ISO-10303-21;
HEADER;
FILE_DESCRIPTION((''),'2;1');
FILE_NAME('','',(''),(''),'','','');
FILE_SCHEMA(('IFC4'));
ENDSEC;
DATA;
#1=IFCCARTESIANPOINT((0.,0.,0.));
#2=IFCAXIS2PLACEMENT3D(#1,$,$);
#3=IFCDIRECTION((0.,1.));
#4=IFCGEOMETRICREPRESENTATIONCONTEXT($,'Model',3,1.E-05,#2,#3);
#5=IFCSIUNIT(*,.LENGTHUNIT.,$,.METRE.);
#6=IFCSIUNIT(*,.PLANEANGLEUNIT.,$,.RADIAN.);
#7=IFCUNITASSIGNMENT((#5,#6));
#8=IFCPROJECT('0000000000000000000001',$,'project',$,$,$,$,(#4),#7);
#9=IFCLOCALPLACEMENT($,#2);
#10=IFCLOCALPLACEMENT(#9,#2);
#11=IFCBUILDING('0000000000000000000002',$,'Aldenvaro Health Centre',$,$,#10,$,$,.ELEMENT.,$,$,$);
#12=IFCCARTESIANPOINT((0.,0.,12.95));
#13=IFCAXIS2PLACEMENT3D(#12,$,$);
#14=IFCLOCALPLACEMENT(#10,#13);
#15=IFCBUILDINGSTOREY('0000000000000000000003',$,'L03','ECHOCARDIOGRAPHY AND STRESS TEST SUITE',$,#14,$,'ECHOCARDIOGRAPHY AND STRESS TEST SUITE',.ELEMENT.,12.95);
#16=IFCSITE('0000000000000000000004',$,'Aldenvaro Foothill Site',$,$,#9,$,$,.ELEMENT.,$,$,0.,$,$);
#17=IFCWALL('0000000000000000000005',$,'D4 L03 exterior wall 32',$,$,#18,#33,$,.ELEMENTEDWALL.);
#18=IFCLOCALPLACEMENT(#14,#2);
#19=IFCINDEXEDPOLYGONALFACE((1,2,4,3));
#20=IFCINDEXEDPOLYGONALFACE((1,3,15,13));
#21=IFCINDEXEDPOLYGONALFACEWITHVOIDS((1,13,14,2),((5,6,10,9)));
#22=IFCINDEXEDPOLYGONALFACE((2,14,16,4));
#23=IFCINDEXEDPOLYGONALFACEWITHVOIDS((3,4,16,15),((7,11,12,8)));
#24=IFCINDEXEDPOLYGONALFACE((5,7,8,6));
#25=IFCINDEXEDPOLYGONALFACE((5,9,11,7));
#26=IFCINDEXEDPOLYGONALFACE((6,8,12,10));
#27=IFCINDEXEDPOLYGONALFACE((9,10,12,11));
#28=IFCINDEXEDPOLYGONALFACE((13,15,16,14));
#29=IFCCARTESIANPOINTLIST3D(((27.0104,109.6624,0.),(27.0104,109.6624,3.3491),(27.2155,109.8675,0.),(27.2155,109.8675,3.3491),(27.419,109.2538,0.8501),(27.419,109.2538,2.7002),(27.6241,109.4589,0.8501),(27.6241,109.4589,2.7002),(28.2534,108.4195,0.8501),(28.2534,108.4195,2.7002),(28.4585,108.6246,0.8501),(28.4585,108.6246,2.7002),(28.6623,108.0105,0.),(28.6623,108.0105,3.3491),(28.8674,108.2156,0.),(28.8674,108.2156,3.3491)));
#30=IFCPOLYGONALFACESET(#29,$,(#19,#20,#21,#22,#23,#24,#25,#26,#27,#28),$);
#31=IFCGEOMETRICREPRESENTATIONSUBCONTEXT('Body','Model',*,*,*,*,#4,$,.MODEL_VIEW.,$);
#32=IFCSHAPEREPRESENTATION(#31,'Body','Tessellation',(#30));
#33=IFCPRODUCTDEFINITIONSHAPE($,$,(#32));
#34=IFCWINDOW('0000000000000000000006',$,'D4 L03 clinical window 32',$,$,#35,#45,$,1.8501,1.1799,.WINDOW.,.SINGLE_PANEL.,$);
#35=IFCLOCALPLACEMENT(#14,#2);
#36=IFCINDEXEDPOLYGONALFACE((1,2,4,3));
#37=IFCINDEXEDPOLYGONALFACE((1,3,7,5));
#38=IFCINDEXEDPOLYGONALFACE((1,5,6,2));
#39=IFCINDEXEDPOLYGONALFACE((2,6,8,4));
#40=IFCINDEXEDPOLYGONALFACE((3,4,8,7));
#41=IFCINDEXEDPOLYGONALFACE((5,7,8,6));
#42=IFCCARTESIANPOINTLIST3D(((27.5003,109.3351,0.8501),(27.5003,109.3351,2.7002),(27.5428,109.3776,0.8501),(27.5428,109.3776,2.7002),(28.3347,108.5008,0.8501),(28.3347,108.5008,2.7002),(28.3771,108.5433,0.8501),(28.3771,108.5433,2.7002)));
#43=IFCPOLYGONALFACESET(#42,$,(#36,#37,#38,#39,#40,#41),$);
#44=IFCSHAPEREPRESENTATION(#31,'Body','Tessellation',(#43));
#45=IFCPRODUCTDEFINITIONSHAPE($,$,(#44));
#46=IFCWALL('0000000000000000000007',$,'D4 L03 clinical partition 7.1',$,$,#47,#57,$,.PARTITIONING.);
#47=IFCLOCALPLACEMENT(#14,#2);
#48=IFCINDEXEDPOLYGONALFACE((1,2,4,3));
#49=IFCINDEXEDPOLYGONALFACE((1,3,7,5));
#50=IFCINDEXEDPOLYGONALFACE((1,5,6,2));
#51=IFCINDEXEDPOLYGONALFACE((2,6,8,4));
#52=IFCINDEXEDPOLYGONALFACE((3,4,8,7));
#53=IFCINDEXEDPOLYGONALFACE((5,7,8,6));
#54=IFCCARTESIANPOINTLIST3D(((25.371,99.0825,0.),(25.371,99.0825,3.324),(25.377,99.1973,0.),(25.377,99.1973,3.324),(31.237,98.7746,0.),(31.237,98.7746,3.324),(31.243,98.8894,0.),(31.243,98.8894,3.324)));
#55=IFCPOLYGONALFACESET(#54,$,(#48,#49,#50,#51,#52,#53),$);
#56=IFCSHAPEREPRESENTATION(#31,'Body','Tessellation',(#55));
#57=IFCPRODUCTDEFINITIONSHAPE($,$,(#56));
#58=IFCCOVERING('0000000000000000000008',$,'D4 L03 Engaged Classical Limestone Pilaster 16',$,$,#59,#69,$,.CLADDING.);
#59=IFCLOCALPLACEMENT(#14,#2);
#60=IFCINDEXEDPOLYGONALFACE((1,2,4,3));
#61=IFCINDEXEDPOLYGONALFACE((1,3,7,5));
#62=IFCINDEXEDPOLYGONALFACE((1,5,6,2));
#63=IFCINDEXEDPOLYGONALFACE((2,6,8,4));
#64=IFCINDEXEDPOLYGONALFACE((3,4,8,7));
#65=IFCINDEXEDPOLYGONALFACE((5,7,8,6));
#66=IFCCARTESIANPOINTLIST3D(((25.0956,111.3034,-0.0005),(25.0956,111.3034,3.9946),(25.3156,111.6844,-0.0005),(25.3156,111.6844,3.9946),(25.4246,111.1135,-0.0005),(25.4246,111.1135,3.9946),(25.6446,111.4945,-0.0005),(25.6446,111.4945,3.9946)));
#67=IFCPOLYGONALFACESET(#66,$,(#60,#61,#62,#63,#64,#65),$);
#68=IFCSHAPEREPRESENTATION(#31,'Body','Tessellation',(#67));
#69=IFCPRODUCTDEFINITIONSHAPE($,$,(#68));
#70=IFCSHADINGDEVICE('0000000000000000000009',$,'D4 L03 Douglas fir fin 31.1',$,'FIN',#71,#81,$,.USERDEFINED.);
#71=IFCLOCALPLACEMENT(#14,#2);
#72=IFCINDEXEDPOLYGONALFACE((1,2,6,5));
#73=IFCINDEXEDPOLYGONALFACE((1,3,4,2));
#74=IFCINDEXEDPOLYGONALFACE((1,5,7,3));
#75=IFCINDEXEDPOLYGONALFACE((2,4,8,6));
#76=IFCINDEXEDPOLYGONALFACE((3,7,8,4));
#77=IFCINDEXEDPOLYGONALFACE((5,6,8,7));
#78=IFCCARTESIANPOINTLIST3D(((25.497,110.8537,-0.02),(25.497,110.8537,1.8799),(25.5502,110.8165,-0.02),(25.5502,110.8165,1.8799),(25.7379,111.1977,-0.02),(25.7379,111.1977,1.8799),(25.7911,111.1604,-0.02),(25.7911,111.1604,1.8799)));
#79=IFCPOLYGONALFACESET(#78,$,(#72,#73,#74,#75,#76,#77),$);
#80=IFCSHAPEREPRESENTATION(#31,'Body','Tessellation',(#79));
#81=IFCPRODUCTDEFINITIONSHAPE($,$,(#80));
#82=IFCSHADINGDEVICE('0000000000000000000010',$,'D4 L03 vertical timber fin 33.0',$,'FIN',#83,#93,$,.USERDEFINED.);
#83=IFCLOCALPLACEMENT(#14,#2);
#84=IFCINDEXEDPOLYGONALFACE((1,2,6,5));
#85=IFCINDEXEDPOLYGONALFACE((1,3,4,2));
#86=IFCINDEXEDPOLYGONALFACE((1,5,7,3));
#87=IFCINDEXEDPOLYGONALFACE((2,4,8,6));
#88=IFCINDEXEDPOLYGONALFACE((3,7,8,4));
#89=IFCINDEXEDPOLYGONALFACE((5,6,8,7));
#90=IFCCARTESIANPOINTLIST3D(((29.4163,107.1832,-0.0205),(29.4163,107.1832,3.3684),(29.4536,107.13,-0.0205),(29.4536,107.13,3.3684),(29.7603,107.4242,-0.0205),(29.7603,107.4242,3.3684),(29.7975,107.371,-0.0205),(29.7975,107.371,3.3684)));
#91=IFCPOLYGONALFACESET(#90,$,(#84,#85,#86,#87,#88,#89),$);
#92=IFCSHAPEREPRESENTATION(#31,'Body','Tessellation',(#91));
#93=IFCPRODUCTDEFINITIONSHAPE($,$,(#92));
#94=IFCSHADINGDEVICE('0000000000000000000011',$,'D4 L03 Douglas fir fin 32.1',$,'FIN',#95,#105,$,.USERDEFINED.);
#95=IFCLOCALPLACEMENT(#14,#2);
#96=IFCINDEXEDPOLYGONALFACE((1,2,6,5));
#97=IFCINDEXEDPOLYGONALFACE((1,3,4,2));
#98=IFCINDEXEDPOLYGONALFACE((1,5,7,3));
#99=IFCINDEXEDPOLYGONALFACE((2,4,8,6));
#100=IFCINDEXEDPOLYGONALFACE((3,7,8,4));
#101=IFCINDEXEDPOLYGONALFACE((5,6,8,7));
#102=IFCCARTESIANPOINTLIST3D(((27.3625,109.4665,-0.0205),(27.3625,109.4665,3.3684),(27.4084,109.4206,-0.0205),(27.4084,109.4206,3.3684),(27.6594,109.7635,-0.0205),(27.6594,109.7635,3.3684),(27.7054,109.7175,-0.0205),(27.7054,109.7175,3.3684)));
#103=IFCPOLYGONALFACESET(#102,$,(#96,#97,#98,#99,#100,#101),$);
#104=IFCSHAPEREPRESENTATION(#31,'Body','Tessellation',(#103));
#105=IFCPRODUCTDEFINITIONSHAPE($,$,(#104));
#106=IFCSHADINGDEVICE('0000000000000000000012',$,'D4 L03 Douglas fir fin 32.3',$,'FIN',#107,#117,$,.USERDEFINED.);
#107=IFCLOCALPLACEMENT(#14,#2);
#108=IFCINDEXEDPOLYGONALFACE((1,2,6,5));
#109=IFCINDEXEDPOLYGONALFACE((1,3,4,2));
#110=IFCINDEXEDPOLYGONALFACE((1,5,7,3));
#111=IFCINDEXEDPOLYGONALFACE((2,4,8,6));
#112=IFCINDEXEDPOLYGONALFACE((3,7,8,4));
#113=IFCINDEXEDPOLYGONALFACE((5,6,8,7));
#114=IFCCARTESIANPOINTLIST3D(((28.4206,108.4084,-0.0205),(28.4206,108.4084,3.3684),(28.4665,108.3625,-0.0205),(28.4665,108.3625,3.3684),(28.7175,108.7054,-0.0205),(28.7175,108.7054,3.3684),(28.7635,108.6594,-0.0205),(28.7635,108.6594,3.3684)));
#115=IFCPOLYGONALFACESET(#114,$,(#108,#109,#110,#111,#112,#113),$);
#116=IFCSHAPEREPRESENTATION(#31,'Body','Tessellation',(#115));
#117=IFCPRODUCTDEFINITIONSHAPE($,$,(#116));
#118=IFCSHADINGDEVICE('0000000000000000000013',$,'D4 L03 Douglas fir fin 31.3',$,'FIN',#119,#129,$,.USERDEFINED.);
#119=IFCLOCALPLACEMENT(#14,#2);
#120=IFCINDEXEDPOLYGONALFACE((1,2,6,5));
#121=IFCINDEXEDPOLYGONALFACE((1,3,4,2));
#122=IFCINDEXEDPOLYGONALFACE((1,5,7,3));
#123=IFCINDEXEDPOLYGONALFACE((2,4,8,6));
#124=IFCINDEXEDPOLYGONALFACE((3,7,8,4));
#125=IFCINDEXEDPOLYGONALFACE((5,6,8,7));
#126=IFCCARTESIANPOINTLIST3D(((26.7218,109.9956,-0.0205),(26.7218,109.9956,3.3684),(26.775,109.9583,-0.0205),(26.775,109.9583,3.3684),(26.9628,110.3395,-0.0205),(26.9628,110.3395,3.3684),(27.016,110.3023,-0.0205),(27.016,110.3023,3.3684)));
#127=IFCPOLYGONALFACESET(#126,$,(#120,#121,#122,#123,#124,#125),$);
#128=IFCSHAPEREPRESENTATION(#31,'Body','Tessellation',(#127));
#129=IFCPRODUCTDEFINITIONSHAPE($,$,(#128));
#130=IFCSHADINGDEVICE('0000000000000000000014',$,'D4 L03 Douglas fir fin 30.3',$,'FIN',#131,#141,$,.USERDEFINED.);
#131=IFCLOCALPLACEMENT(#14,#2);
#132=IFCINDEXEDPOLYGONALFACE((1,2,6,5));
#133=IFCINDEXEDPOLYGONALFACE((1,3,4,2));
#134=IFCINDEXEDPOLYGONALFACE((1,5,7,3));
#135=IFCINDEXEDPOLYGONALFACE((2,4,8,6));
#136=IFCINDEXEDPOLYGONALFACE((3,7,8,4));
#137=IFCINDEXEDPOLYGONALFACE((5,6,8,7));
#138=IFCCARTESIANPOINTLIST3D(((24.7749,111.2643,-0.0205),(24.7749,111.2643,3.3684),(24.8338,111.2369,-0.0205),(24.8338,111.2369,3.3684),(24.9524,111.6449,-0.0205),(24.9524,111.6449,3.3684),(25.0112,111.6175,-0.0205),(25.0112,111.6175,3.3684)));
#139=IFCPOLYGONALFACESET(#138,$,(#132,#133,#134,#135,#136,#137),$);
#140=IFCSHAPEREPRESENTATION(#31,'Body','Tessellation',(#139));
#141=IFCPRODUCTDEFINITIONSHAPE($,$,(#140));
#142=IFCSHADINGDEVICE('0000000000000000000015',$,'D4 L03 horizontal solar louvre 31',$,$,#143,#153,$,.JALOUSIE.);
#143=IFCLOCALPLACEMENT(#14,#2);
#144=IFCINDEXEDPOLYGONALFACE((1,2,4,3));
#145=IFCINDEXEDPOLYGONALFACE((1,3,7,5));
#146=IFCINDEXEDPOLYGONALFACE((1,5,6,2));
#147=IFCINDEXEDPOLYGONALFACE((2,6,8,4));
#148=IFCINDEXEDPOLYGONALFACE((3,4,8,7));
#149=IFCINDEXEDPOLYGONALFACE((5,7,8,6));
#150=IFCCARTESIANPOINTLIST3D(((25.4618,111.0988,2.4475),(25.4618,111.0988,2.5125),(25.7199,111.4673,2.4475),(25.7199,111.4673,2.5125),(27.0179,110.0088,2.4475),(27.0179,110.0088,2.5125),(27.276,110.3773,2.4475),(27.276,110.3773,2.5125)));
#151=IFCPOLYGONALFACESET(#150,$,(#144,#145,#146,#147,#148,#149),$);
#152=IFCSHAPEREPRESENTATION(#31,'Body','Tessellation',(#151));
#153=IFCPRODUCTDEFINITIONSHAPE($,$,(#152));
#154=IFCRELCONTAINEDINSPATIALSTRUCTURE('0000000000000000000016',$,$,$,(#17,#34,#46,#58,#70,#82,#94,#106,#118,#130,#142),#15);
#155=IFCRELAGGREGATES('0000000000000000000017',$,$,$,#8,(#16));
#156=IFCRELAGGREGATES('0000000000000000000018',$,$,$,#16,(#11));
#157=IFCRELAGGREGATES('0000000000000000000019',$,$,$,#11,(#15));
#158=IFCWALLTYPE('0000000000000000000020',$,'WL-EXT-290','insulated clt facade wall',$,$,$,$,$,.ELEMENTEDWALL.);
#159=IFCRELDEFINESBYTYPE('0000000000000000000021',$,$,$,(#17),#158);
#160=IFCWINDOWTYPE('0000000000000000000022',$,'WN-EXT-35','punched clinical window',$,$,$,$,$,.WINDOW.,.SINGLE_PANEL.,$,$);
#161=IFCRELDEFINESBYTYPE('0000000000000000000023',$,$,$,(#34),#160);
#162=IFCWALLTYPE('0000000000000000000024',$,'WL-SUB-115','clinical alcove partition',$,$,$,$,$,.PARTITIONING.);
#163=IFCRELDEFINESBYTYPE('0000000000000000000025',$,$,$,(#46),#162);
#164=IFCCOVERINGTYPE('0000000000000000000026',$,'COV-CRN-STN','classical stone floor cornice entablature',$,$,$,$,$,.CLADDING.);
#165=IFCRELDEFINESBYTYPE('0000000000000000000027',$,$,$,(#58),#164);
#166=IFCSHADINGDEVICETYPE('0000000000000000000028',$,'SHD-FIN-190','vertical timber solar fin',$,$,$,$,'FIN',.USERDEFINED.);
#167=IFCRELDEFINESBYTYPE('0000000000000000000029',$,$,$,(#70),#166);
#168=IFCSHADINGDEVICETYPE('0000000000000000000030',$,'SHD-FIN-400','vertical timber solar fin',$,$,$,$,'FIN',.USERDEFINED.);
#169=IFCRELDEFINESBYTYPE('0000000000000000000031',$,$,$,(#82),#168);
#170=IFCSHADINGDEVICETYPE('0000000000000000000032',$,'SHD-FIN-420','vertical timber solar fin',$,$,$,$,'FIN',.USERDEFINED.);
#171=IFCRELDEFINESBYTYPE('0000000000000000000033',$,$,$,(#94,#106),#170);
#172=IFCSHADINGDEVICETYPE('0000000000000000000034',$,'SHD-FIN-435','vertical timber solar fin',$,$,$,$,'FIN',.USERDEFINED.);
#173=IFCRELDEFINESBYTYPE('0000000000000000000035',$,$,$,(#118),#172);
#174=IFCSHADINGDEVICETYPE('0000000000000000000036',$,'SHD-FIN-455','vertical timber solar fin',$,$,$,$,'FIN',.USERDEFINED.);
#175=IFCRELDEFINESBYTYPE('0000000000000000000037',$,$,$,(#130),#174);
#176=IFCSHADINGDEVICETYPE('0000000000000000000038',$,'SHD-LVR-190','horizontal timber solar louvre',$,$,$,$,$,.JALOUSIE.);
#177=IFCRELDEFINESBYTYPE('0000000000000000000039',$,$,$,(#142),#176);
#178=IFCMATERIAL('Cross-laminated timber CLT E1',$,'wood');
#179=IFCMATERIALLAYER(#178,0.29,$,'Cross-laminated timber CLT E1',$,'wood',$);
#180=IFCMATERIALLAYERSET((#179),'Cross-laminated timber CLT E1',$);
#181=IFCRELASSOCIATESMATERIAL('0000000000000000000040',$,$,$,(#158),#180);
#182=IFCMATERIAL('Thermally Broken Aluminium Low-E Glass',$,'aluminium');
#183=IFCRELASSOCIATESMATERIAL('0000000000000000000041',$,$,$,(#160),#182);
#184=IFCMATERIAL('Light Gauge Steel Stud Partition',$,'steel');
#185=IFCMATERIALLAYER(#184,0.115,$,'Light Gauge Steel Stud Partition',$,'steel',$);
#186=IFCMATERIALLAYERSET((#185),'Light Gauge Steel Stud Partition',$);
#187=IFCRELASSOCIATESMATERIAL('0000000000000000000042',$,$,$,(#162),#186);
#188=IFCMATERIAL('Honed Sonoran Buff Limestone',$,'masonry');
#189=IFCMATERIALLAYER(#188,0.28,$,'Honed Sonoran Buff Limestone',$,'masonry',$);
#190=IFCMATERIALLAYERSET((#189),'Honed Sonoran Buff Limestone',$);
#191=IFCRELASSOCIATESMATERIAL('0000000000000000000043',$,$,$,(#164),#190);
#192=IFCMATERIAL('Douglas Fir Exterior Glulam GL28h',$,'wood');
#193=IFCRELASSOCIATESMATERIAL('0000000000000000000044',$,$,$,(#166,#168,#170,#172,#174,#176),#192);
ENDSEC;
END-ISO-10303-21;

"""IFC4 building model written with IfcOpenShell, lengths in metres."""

from ifc_helpers import new_model, si_unit, direction, frame, frame_2d, origin, origin_2d, place, context, subcontext, project, spatial, rectangle, extrude, material, layer, layer_set, type_object, element, fill, save


model = new_model("IFC4")

# Units and contexts
model_context = context("Model", 3, precision=1e-05, world=origin(), true_north=direction((0.0, 1.0)))
body_context = subcontext(model_context, "Body", "Model", "MODEL_VIEW")
ifc_project = project(units=[si_unit("LENGTHUNIT", "METRE"), si_unit("PLANEANGLEUNIT", "RADIAN")], contexts=[model_context])

# Site, building, storey
site_placement = place(None, origin())
site = spatial("IfcSite", under=ifc_project, at=site_placement, Name="Aldenvaro Foothill Site", CompositionType="ELEMENT", RefElevation=0.0)
building_placement = place(site_placement, origin())
building = spatial("IfcBuilding", under=site, at=building_placement, Name="Aldenvaro Health Centre", CompositionType="ELEMENT")
storey_placement = place(building_placement, frame((0.0, 0.0, 12.95)))
storey = spatial("IfcBuildingStorey", under=building, at=storey_placement, Name="L03", Description="ECHOCARDIOGRAPHY AND STRESS TEST SUITE", LongName="ECHOCARDIOGRAPHY AND STRESS TEST SUITE", CompositionType="ELEMENT", Elevation=12.95)

# Wall, opening, window
ifc_material_1 = material(Name="Cross-laminated timber CLT E1", Category="wood")
ifc_layer_1 = layer(ifc_material_1, 0.29, Name="Cross-laminated timber CLT E1", Category="wood")
ifc_layer_set_1 = layer_set([ifc_layer_1], Name="Cross-laminated timber CLT E1")
wall_type_1 = type_object("IfcWallType", Name="WL-EXT-290", Description="insulated clt facade wall", PredefinedType="ELEMENTEDWALL", material=ifc_layer_set_1)
ifc_material_2 = material(Name="Thermally Broken Aluminium Low-E Glass", Category="aluminium")
wall_1_placement = place(storey_placement, frame((27.113, 109.7649, 0.0), z_axis=(0.0, 0.0, 1.0), x_axis=(0.707107, -0.707107, 0.0)))
wall_1 = element("IfcWall", 1, at=wall_1_placement, inside=storey, type_object=wall_type_1, Name="D4 L03 exterior wall 32", PredefinedType="ELEMENTEDWALL", context=body_context, shape_type="SweptSolid", body=[
    extrude(rectangle(XDim=2.3362, YDim=0.29, at=frame_2d((1.168, 0.0))), origin(), (0.0, 0.0, 1.0), 3.3491),
])
opening_1_placement = place(wall_1_placement, frame((0.5779, 0.0, 0.8501)))
opening_1 = element("IfcOpeningElement", 2, at=opening_1_placement, cuts=wall_1, PredefinedType="OPENING", context=body_context, shape_type="SweptSolid", body=[
    extrude(rectangle(XDim=1.1799, YDim=1.8501, at=frame_2d((0.5898, 0.925))), frame((0.0, 0.155, 0.0), z_axis=(0.0, -1.0, 0.0), x_axis=(1.0, 0.0, 0.0)), (0.0, 0.0, 1.0), 0.3101),
])
window_type_1 = type_object("IfcWindowType", Name="WN-EXT-35", Description="punched clinical window", PartitioningType="SINGLE_PANEL", PredefinedType="WINDOW", material=ifc_material_2)
window_1_placement = place(opening_1_placement, origin())
window_1 = element("IfcWindow", 3, at=window_1_placement, inside=storey, type_object=window_type_1, Name="D4 L03 clinical window 32", OverallHeight=1.8501, OverallWidth=1.1799, PartitioningType="SINGLE_PANEL", PredefinedType="WINDOW", context=body_context, shape_type="SweptSolid", body=[
    extrude(rectangle(XDim=1.1799, YDim=1.8501, at=frame_2d((0.5898, 0.925))), frame((0.0, 0.03, 0.0), z_axis=(0.0, -1.0, 0.0), x_axis=(1.0, 0.0, 0.0)), (0.0, 0.0, 1.0), 0.0601),
])
fill(opening_1, window_1)

# Wall
ifc_material_3 = material(Name="Light Gauge Steel Stud Partition", Category="steel")
ifc_layer_2 = layer(ifc_material_3, 0.115, Name="Light Gauge Steel Stud Partition", Category="steel")
ifc_layer_set_2 = layer_set([ifc_layer_2], Name="Light Gauge Steel Stud Partition")
wall_type_2 = type_object("IfcWallType", Name="WL-SUB-115", Description="clinical alcove partition", PredefinedType="PARTITIONING", material=ifc_layer_set_2)
wall_2_placement = place(storey_placement, frame((25.374, 99.1399, 0.0), z_axis=(0.0, 0.0, 1.0), x_axis=(0.998626, -0.05241, 0.0)))
element("IfcWall", 4, at=wall_2_placement, inside=storey, type_object=wall_type_2, Name="D4 L03 clinical partition 7.1", PredefinedType="PARTITIONING", context=body_context, shape_type="SweptSolid", body=[
    extrude(rectangle(XDim=5.874, YDim=0.115, at=frame_2d((2.937, 0.0))), origin(), (0.0, 0.0, 1.0), 3.324),
])

# Covering
ifc_material_4 = material(Name="Honed Sonoran Buff Limestone", Category="masonry")
ifc_layer_3 = layer(ifc_material_4, 0.28, Name="Honed Sonoran Buff Limestone", Category="masonry")
ifc_layer_set_3 = layer_set([ifc_layer_3], Name="Honed Sonoran Buff Limestone")
covering_type = type_object("IfcCoveringType", Name="COV-CRN-STN", Description="classical stone floor cornice entablature", PredefinedType="CLADDING", material=ifc_layer_set_3)
covering_placement = place(storey_placement, frame((25.3701, 111.3989, -0.0005), z_axis=(0.0, 0.0, 1.0), x_axis=(0.499992, 0.86603, 0.0)))
element("IfcCovering", 5, at=covering_placement, inside=storey, type_object=covering_type, Name="D4 L03 Engaged Classical Limestone Pilaster 16", PredefinedType="CLADDING", context=body_context, shape_type="SweptSolid", body=[
    extrude(rectangle(XDim=0.4399, YDim=0.3799, at=origin_2d()), origin(), (0.0, 0.0, 1.0), 3.9951),
])

# Shading devices
ifc_material_5 = material(Name="Douglas Fir Exterior Glulam GL28h", Category="wood")
shading_device_type_1 = type_object("IfcShadingDeviceType", Name="SHD-FIN-190", Description="vertical timber solar fin", ElementType="FIN", PredefinedType="USERDEFINED", material=ifc_material_5)
shading_device_1_placement = place(storey_placement, frame((25.644, 111.0071, -0.02), z_axis=(0.0, 0.0, 1.0), x_axis=(0.819051, -0.573721, 0.0)))
element("IfcShadingDevice", 6, at=shading_device_1_placement, inside=storey, type_object=shading_device_type_1, Name="D4 L03 Douglas fir fin 31.1", ObjectType="FIN", PredefinedType="USERDEFINED", context=body_context, shape_type="SweptSolid", body=[
    extrude(rectangle(XDim=0.0649, YDim=0.4199, at=origin_2d()), origin(), (0.0, 0.0, 1.0), 1.8999),
])
shading_device_type_2 = type_object("IfcShadingDeviceType", Name="SHD-FIN-400", Description="vertical timber solar fin", ElementType="FIN", PredefinedType="USERDEFINED", material=ifc_material_5)
shading_device_2_placement = place(storey_placement, frame((29.6069, 107.2771, -0.0205), z_axis=(0.0, 0.0, 1.0), x_axis=(0.573721, -0.819051, 0.0)))
element("IfcShadingDevice", 7, at=shading_device_2_placement, inside=storey, type_object=shading_device_type_2, Name="D4 L03 vertical timber fin 33.0", ObjectType="FIN", PredefinedType="USERDEFINED", context=body_context, shape_type="SweptSolid", body=[
    extrude(rectangle(XDim=0.0649, YDim=0.4199, at=origin_2d()), origin(), (0.0, 0.0, 1.0), 3.3889),
])
shading_device_type_3 = type_object("IfcShadingDeviceType", Name="SHD-FIN-420", Description="vertical timber solar fin", ElementType="FIN", PredefinedType="USERDEFINED", material=ifc_material_5)
for number, where, z_axis, x_axis, name in (
    (8, (27.5339, 109.592, -0.0205), (0.0, 0.0, 1.0), (0.707107, -0.707107, 0.0), "D4 L03 Douglas fir fin 32.1"),
    (9, (28.592, 108.5339, -0.0205), (0.0, 0.0, 1.0), (0.707107, -0.707107, 0.0), "D4 L03 Douglas fir fin 32.3"),
):
    element("IfcShadingDevice", number, at=place(storey_placement, frame(where, z_axis=z_axis, x_axis=x_axis)), inside=storey, type_object=shading_device_type_3, Name=name, ObjectType="FIN", PredefinedType="USERDEFINED", context=body_context, shape_type="SweptSolid", body=[
        extrude(rectangle(XDim=0.0649, YDim=0.4199, at=origin_2d()), origin(), (0.0, 0.0, 1.0), 3.3889),
    ])
shading_device_type_4 = type_object("IfcShadingDeviceType", Name="SHD-FIN-435", Description="vertical timber solar fin", ElementType="FIN", PredefinedType="USERDEFINED", material=ifc_material_5)
shading_device_3_placement = place(storey_placement, frame((26.8689, 110.1489, -0.0205), z_axis=(0.0, 0.0, 1.0), x_axis=(0.819051, -0.573721, 0.0)))
element("IfcShadingDevice", 10, at=shading_device_3_placement, inside=storey, type_object=shading_device_type_4, Name="D4 L03 Douglas fir fin 31.3", ObjectType="FIN", PredefinedType="USERDEFINED", context=body_context, shape_type="SweptSolid", body=[
    extrude(rectangle(XDim=0.0649, YDim=0.4199, at=origin_2d()), origin(), (0.0, 0.0, 1.0), 3.3889),
])
shading_device_type_5 = type_object("IfcShadingDeviceType", Name="SHD-FIN-455", Description="vertical timber solar fin", ElementType="FIN", PredefinedType="USERDEFINED", material=ifc_material_5)
shading_device_4_placement = place(storey_placement, frame((24.8931, 111.4409, -0.0205), z_axis=(0.0, 0.0, 1.0), x_axis=(0.906336, -0.422557, 0.0)))
element("IfcShadingDevice", 11, at=shading_device_4_placement, inside=storey, type_object=shading_device_type_5, Name="D4 L03 Douglas fir fin 30.3", ObjectType="FIN", PredefinedType="USERDEFINED", context=body_context, shape_type="SweptSolid", body=[
    extrude(rectangle(XDim=0.0649, YDim=0.4199, at=origin_2d()), origin(), (0.0, 0.0, 1.0), 3.3889),
])
shading_device_type_6 = type_object("IfcShadingDeviceType", Name="SHD-LVR-190", Description="horizontal timber solar louvre", PredefinedType="JALOUSIE", material=ifc_material_5)
shading_device_5_placement = place(storey_placement, frame((26.3689, 110.738, 2.4475), z_axis=(0.0, 0.0, 1.0), x_axis=(0.819051, -0.573721, 0.0)))
element("IfcShadingDevice", 12, at=shading_device_5_placement, inside=storey, type_object=shading_device_type_6, Name="D4 L03 horizontal solar louvre 31", PredefinedType="JALOUSIE", context=body_context, shape_type="SweptSolid", body=[
    extrude(rectangle(XDim=1.8999, YDim=0.45, at=origin_2d()), origin(), (0.0, 0.0, 1.0), 0.0649),
])

save(model, "model.ifc")
